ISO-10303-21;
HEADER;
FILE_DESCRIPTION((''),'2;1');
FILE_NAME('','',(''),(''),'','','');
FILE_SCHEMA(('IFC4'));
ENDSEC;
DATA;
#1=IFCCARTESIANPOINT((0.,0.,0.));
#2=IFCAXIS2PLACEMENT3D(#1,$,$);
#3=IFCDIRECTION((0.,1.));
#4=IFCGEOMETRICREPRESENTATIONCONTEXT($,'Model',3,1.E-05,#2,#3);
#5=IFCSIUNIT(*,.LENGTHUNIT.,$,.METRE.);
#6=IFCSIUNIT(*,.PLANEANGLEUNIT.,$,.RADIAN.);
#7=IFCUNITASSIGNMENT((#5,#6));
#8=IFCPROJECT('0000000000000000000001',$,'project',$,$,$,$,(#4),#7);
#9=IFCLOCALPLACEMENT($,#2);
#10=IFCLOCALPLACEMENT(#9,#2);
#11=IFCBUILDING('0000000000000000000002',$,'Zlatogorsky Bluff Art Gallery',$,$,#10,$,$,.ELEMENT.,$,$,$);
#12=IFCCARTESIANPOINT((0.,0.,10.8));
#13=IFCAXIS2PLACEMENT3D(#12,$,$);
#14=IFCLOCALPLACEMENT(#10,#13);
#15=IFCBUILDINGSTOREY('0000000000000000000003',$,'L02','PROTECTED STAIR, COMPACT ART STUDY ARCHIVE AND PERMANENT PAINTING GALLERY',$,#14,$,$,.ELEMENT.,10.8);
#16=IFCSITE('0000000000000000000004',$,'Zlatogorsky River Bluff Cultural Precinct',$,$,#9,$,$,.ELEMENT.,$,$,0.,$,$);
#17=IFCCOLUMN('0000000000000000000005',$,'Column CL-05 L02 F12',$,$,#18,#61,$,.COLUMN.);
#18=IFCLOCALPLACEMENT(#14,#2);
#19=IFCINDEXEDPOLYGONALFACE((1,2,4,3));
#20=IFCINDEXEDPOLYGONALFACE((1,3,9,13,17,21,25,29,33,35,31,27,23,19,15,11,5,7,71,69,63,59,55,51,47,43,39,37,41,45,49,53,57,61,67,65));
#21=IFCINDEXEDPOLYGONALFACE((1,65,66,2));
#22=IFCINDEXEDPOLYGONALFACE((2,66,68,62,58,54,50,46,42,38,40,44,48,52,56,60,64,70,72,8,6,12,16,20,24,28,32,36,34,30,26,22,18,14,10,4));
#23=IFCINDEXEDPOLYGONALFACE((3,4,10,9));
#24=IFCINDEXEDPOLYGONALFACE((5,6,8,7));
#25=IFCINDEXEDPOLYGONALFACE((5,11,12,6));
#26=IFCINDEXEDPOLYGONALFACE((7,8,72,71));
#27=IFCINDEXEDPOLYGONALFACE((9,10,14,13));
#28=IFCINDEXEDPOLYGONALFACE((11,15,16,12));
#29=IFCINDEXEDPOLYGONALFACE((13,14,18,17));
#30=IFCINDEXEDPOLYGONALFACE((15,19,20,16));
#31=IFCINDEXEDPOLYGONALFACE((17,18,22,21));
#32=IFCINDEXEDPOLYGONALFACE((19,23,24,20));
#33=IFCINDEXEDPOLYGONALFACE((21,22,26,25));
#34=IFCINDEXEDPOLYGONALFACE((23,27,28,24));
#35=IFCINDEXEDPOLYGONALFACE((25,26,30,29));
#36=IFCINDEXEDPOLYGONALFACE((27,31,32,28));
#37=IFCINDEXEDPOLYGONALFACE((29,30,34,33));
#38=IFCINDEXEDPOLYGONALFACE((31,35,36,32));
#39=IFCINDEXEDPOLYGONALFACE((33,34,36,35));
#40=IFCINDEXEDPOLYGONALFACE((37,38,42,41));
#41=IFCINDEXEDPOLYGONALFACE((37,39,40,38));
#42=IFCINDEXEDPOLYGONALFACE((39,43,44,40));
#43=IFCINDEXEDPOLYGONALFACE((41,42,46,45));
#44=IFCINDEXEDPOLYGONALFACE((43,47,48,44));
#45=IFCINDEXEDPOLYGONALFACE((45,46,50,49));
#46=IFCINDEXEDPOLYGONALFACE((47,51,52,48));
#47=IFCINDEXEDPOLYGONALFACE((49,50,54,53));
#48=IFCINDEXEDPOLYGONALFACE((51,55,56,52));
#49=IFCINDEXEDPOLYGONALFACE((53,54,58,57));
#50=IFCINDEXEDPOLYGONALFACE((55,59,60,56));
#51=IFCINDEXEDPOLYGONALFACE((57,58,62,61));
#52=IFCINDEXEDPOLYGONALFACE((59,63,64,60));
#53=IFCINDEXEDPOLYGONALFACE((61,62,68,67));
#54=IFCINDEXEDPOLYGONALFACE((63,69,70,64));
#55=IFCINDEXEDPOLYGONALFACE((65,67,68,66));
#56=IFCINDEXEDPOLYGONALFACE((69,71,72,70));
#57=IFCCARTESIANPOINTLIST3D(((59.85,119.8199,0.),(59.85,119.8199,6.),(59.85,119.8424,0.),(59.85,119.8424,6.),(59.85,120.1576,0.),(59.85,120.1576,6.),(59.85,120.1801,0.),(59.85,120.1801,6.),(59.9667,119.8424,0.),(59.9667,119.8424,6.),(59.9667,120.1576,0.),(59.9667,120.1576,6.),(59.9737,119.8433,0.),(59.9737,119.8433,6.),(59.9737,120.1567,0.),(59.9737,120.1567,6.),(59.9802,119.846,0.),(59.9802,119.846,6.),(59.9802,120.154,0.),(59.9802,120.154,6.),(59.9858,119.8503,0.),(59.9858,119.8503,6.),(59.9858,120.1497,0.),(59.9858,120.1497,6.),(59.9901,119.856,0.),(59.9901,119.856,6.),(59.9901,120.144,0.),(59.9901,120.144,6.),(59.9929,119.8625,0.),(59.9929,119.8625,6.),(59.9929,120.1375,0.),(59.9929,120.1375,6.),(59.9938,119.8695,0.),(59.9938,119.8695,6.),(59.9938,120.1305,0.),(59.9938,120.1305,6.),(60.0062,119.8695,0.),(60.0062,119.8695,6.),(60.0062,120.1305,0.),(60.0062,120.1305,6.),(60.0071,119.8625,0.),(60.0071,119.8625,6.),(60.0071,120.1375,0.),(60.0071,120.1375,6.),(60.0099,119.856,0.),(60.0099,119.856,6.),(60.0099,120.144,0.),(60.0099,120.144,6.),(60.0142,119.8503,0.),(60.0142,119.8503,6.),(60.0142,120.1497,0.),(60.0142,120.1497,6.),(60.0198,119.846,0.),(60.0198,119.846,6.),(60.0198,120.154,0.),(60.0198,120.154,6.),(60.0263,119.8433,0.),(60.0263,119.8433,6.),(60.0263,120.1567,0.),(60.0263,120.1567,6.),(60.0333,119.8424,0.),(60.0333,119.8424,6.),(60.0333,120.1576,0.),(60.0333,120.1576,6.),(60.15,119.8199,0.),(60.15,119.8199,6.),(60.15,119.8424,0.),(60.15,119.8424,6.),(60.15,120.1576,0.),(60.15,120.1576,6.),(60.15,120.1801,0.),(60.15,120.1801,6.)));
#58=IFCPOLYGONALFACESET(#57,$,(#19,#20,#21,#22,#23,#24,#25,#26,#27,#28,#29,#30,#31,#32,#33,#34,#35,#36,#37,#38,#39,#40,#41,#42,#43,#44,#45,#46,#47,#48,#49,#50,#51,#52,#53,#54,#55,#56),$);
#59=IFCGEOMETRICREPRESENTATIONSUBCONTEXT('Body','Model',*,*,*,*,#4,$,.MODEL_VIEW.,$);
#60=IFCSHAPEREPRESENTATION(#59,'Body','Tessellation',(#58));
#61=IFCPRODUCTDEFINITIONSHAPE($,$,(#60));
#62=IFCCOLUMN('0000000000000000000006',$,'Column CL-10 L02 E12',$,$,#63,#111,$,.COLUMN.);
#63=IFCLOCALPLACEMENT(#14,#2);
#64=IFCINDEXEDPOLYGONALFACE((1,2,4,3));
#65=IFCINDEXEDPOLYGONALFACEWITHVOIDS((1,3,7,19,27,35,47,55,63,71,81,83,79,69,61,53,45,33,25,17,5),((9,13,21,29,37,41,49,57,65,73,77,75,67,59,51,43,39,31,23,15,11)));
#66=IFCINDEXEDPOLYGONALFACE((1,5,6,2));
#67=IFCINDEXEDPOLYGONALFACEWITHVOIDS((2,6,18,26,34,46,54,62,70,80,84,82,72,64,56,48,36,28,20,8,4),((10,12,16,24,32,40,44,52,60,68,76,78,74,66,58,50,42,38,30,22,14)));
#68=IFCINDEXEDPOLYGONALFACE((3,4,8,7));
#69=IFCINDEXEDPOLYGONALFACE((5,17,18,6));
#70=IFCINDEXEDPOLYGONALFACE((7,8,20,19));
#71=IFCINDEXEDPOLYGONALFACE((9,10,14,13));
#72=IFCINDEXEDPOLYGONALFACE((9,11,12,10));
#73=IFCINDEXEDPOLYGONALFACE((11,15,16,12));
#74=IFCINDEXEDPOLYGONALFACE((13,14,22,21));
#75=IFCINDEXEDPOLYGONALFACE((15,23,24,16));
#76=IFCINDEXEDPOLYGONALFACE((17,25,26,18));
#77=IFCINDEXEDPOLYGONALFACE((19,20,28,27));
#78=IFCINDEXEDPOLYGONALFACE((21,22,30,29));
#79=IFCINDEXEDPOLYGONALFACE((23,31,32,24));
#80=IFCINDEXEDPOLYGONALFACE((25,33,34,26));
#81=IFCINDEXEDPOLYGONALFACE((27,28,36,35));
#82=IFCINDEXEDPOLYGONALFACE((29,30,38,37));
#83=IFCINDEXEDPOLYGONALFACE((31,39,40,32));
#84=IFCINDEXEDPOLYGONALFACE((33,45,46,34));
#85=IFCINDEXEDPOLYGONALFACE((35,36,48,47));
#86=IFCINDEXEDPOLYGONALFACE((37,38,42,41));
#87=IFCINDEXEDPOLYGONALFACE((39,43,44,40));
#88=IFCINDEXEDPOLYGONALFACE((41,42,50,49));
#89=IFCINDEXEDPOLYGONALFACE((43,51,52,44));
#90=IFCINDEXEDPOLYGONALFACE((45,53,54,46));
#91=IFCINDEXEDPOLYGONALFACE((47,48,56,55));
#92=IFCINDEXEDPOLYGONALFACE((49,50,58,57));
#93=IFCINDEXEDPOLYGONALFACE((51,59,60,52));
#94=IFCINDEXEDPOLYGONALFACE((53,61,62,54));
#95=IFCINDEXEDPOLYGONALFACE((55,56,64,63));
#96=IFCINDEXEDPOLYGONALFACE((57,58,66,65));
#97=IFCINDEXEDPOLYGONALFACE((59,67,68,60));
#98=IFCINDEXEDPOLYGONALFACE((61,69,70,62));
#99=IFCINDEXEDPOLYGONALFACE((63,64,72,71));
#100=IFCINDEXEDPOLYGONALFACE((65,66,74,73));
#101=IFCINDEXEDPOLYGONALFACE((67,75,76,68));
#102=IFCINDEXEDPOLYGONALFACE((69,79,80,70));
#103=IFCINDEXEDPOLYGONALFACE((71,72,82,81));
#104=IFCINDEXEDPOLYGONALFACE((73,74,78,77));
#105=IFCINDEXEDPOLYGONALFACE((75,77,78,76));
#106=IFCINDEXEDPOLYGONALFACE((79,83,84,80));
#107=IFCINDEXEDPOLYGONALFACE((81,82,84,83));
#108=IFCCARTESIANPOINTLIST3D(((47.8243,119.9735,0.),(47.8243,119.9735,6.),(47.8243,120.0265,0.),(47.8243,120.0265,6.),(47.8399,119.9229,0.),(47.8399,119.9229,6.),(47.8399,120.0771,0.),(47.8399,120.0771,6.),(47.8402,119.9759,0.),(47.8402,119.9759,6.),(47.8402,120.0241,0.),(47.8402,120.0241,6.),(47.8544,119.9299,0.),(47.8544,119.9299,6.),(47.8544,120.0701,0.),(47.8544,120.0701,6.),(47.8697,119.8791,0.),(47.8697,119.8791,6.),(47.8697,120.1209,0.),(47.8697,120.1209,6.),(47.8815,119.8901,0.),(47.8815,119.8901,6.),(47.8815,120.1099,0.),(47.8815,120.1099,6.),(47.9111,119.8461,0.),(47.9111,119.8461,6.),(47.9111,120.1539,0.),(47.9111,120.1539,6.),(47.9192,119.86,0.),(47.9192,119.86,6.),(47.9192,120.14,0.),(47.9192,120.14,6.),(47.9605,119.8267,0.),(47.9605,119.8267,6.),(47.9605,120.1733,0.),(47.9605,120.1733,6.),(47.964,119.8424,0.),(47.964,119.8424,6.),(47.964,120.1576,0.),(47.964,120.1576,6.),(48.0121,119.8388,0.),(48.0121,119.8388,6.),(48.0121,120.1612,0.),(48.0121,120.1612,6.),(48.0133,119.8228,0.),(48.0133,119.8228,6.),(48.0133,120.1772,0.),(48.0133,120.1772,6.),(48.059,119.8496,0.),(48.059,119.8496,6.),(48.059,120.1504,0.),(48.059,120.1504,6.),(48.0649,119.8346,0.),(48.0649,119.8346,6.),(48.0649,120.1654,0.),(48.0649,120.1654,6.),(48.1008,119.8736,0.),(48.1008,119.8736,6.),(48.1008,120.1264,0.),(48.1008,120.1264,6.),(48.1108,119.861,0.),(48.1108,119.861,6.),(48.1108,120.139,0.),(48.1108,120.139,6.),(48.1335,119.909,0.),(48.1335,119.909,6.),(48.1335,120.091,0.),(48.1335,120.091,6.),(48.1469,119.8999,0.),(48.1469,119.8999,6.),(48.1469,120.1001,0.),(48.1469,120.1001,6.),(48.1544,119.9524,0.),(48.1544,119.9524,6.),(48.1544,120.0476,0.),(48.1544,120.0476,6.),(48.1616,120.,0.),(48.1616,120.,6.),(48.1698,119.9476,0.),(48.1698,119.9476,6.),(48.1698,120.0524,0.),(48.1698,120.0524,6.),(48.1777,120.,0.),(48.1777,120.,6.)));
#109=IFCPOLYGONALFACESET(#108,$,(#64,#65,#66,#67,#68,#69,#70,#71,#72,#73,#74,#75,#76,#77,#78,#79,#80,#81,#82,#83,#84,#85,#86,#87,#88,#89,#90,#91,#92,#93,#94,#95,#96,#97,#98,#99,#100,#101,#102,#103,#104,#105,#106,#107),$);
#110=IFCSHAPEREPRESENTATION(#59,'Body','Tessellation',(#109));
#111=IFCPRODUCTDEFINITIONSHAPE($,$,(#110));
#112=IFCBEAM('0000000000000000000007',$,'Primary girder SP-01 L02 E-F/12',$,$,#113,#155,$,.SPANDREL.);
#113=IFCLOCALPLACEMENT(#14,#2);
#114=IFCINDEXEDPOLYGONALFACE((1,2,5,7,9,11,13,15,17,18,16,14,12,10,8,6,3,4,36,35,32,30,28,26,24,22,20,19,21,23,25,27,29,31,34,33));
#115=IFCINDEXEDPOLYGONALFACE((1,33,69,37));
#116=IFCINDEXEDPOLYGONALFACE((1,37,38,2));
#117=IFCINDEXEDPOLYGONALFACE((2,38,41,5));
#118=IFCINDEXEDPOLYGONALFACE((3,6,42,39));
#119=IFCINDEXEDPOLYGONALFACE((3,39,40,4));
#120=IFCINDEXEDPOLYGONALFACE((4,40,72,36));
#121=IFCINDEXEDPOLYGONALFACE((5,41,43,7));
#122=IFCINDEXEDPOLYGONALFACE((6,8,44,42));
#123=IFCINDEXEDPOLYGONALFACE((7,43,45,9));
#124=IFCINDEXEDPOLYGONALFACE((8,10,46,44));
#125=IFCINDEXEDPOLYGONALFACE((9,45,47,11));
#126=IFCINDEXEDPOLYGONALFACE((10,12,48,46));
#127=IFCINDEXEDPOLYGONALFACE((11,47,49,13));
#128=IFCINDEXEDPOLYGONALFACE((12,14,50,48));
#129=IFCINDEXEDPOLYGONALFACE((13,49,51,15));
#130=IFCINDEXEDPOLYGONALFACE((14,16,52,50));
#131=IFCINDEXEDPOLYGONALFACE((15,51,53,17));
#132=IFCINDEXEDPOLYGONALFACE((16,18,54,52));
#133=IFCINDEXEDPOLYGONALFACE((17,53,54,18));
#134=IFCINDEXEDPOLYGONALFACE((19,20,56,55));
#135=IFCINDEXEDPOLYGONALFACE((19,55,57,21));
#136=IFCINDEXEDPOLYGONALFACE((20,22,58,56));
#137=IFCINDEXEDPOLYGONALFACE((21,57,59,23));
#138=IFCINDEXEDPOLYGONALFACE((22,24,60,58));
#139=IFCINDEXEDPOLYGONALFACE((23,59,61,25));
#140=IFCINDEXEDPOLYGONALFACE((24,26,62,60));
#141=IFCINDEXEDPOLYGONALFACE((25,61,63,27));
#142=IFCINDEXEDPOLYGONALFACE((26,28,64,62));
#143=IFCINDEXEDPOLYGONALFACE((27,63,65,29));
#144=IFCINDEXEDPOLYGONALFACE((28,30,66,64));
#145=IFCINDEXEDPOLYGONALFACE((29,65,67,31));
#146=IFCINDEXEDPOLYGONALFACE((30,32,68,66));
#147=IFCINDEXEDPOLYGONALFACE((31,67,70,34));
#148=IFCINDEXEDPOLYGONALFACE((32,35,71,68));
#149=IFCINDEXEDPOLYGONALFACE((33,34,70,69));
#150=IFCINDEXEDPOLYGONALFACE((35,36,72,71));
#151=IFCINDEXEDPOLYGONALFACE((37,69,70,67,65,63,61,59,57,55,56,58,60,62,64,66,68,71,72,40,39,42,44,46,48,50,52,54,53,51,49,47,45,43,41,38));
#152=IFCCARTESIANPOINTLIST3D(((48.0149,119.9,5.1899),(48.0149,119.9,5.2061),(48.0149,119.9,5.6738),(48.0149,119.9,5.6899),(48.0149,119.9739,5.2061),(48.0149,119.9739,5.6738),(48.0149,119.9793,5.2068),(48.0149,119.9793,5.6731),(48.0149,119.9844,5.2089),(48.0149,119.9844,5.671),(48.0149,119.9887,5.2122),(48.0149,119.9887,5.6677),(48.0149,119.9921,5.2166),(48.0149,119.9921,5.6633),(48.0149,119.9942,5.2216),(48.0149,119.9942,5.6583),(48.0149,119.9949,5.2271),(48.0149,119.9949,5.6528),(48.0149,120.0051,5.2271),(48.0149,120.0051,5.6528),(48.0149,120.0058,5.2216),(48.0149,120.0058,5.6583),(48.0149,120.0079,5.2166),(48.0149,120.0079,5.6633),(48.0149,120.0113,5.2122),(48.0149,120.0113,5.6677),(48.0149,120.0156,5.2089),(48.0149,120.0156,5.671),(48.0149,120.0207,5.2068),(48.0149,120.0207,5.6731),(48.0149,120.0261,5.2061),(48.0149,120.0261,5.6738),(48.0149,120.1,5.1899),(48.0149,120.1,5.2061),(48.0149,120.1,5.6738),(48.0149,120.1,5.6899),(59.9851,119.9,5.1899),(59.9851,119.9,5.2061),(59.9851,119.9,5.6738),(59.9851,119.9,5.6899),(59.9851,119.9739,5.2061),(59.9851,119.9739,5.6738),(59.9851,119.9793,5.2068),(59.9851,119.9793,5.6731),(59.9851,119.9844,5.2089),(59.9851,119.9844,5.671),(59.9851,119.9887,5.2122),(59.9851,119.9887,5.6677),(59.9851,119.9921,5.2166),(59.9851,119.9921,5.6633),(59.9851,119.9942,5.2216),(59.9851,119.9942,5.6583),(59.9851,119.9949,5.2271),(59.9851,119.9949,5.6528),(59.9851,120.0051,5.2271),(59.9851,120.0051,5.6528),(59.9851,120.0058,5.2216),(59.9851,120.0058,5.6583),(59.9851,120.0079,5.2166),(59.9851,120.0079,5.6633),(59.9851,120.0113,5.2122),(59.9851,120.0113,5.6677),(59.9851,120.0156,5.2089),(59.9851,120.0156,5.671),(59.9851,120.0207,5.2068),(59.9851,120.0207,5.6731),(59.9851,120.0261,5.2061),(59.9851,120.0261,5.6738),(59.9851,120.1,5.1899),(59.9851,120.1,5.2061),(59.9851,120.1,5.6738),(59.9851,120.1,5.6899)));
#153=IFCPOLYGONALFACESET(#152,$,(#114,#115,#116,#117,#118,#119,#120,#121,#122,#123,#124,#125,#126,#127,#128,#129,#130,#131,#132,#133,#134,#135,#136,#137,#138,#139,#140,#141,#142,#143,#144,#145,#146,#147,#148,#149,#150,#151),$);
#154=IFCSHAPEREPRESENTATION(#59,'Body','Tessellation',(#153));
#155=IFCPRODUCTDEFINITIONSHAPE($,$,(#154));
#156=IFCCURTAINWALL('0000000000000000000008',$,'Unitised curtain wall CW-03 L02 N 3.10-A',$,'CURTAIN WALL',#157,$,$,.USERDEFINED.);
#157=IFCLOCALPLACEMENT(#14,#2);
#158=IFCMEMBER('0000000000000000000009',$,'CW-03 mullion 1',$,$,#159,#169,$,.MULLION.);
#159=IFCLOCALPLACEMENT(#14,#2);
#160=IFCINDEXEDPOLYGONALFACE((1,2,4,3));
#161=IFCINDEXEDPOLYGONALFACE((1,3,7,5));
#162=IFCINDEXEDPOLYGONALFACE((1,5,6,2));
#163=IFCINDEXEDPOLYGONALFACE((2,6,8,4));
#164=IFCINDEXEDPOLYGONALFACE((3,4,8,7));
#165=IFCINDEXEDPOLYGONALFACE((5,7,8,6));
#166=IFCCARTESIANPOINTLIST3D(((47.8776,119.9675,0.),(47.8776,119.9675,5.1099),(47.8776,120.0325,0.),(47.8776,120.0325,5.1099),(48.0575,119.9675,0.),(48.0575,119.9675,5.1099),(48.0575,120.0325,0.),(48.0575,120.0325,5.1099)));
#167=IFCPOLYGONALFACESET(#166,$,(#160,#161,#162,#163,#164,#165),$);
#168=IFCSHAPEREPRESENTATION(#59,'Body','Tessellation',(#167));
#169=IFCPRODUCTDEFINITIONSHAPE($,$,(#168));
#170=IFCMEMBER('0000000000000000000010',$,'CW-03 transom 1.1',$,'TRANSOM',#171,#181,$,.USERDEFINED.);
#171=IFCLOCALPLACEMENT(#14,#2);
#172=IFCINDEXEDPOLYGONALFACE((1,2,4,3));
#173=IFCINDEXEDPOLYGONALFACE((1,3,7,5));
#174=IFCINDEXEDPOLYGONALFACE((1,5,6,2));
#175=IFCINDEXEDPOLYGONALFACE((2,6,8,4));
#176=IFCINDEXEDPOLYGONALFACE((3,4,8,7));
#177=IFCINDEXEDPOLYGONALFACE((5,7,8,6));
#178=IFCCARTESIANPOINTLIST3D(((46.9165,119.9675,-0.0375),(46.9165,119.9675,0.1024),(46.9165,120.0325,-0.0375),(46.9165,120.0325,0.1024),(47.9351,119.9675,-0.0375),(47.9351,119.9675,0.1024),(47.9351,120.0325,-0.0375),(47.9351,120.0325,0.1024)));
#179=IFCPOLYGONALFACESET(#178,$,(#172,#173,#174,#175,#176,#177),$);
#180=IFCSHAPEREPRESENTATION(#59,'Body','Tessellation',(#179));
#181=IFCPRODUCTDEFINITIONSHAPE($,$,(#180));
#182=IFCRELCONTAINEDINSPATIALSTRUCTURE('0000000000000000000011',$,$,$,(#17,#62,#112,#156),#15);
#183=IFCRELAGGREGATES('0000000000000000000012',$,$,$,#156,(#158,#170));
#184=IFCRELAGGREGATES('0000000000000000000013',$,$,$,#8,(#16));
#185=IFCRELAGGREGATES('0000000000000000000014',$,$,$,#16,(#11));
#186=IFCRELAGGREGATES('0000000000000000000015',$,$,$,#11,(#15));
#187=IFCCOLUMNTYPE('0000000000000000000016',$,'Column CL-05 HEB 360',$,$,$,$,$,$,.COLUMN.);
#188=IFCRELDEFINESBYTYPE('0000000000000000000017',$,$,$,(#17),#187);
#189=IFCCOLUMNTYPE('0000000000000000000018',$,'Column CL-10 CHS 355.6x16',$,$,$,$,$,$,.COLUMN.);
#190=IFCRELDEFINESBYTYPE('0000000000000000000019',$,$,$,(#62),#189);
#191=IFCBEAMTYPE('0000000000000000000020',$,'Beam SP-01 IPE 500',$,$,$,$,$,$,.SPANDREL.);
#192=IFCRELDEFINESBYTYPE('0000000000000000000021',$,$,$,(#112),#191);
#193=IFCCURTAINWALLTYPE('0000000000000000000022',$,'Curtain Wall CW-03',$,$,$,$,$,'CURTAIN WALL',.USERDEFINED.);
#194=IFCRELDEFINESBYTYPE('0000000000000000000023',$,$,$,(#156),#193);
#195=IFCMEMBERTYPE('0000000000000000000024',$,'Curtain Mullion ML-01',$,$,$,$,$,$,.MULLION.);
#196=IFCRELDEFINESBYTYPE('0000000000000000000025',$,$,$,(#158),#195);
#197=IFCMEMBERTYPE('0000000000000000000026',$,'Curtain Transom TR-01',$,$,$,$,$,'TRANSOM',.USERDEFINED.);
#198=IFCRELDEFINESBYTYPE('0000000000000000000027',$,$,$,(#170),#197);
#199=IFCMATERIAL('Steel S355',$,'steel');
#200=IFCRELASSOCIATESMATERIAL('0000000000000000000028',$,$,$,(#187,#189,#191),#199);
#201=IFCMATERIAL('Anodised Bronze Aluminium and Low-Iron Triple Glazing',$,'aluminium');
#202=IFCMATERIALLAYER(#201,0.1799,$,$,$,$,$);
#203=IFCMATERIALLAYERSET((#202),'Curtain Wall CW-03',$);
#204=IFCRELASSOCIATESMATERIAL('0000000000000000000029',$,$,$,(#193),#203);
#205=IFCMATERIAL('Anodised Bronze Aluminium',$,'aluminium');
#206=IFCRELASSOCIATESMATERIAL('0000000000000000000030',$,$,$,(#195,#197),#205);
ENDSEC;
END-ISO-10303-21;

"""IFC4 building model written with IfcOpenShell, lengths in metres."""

from ifc_helpers import new_model, si_unit, direction, frame, origin, origin_2d, place, context, subcontext, project, spatial, rectangle, hollow_circle, i_section, extrude, material, layer, layer_set, material_profile, profile_set, type_object, element, aggregate, save


model = new_model("IFC4")

# Units and contexts
model_context = context("Model", 3, precision=1e-05, world=origin(), true_north=direction((0.0, 1.0)))
body_context = subcontext(model_context, "Body", "Model", "MODEL_VIEW")
ifc_project = project(units=[si_unit("LENGTHUNIT", "METRE"), si_unit("PLANEANGLEUNIT", "RADIAN")], contexts=[model_context])

# Site, building, storey
site_placement = place(None, origin())
site = spatial("IfcSite", under=ifc_project, at=site_placement, Name="Zlatogorsky River Bluff Cultural Precinct", CompositionType="ELEMENT", RefElevation=0.0)
building_placement = place(site_placement, origin())
building = spatial("IfcBuilding", under=site, at=building_placement, Name="Zlatogorsky Bluff Art Gallery", CompositionType="ELEMENT")
storey_placement = place(building_placement, frame((0.0, 0.0, 10.8)))
storey = spatial("IfcBuildingStorey", under=building, at=storey_placement, Name="L02", Description="PROTECTED STAIR, COMPACT ART STUDY ARCHIVE AND PERMANENT PAINTING GALLERY", CompositionType="ELEMENT", Elevation=10.8)

# Columns
ifc_material_1 = material(Name="Steel S355", Category="steel")
ifc_material_profile_1 = material_profile(ifc_material_1, i_section(OverallWidth=0.3, OverallDepth=0.3601, WebThickness=0.0125, FlangeThickness=0.0225, FilletRadius=0.0271, at=origin_2d()), Name="HEB 360")
ifc_profile_set_1 = profile_set([ifc_material_profile_1], Name="Steel S355")
column_type_1 = type_object("IfcColumnType", Name="Column CL-05 HEB 360", PredefinedType="COLUMN", material=ifc_profile_set_1)
column_1_placement = place(storey_placement, frame((60.0, 120.0, 0.0), z_axis=(0.0, 0.0, 1.0), x_axis=(1.0, 0.0, 0.0)))
element("IfcColumn", 1, at=column_1_placement, inside=storey, type_object=column_type_1, Name="Column CL-05 L02 F12", PredefinedType="COLUMN", context=body_context, shape_type="SweptSolid", body=[
    extrude(i_section(OverallWidth=0.3, OverallDepth=0.3601, WebThickness=0.0125, FlangeThickness=0.0225, FilletRadius=0.0271, at=origin_2d()), origin(), (0.0, 0.0, 1.0), 6.0),
])
ifc_material_profile_2 = material_profile(ifc_material_1, hollow_circle(Radius=0.1777, WallThickness=0.0161, at=origin_2d()), Name="CHS 355.6x16")
ifc_profile_set_2 = profile_set([ifc_material_profile_2], Name="Steel S355")
column_type_2 = type_object("IfcColumnType", Name="Column CL-10 CHS 355.6x16", PredefinedType="COLUMN", material=ifc_profile_set_2)
column_2_placement = place(storey_placement, frame((48.0, 120.0, 0.0), z_axis=(0.0, 0.0, 1.0), x_axis=(1.0, 0.0, 0.0)))
element("IfcColumn", 2, at=column_2_placement, inside=storey, type_object=column_type_2, Name="Column CL-10 L02 E12", PredefinedType="COLUMN", context=body_context, shape_type="SweptSolid", body=[
    extrude(hollow_circle(Radius=0.1777, WallThickness=0.0161, at=origin_2d()), origin(), (0.0, 0.0, 1.0), 6.0),
])

# Beam
ifc_material_profile_3 = material_profile(ifc_material_1, i_section(OverallWidth=0.2, OverallDepth=0.5, WebThickness=0.0103, FlangeThickness=0.0161, FilletRadius=0.021, at=origin_2d()), Name="IPE 500")
ifc_profile_set_3 = profile_set([ifc_material_profile_3], Name="Steel S355")
beam_type = type_object("IfcBeamType", Name="Beam SP-01 IPE 500", PredefinedType="SPANDREL", material=ifc_profile_set_3)
beam_placement = place(storey_placement, frame((48.0149, 120.0, 5.4399), z_axis=(1.0, 0.0, 0.0), x_axis=(0.0, 1.0, 0.0)))
element("IfcBeam", 3, at=beam_placement, inside=storey, type_object=beam_type, Name="Primary girder SP-01 L02 E-F/12", PredefinedType="SPANDREL", context=body_context, shape_type="SweptSolid", body=[
    extrude(i_section(OverallWidth=0.2, OverallDepth=0.5, WebThickness=0.0103, FlangeThickness=0.0161, FilletRadius=0.021, at=origin_2d()), origin(), (0.0, 0.0, 1.0), 11.9702),
])

# Curtain wall, members
ifc_material_2 = material(Name="Anodised Bronze Aluminium and Low-Iron Triple Glazing", Category="aluminium")
ifc_layer_1 = layer(ifc_material_2, 0.1799)
ifc_layer_set_1 = layer_set([ifc_layer_1], Name="Curtain Wall CW-03")
curtain_wall_type = type_object("IfcCurtainWallType", Name="Curtain Wall CW-03", ElementType="CURTAIN WALL", PredefinedType="USERDEFINED", material=ifc_layer_set_1)
curtain_wall_placement = place(storey_placement, origin())
curtain_wall = element("IfcCurtainWall", 4, at=curtain_wall_placement, inside=storey, type_object=curtain_wall_type, Name="Unitised curtain wall CW-03 L02 N 3.10-A", ObjectType="CURTAIN WALL", PredefinedType="USERDEFINED")
ifc_material_3 = material(Name="Anodised Bronze Aluminium", Category="aluminium")
ifc_material_profile_4 = material_profile(ifc_material_3, rectangle(XDim=0.0649, YDim=0.1799, at=origin_2d()), Name="ALU MULLION 65x180")
ifc_profile_set_4 = profile_set([ifc_material_profile_4], Name="Anodised Bronze Aluminium")
member_type_1 = type_object("IfcMemberType", Name="Curtain Mullion ML-01", PredefinedType="MULLION", material=ifc_profile_set_4)
member_1_placement = place(storey_placement, frame((47.9675, 120.0, 0.0), z_axis=(0.0, 0.0, 1.0), x_axis=(0.0, -1.0, 0.0)))
member_1 = element("IfcMember", 5, at=member_1_placement, type_object=member_type_1, Name="CW-03 mullion 1", PredefinedType="MULLION", context=body_context, shape_type="SweptSolid", body=[
    extrude(rectangle(XDim=0.0649, YDim=0.1799, at=origin_2d()), origin(), (0.0, 0.0, 1.0), 5.1099),
])
ifc_material_profile_5 = material_profile(ifc_material_3, rectangle(XDim=0.0649, YDim=0.1399, at=origin_2d()), Name="ALU TRANSOM 65x140")
ifc_profile_set_5 = profile_set([ifc_material_profile_5], Name="Anodised Bronze Aluminium")
member_type_2 = type_object("IfcMemberType", Name="Curtain Transom TR-01", ElementType="TRANSOM", PredefinedType="USERDEFINED", material=ifc_profile_set_5)
member_2_placement = place(storey_placement, frame((47.9351, 120.0, 0.0325), z_axis=(-1.0, 0.0, 0.0), x_axis=(0.0, -1.0, 0.0)))
member_2 = element("IfcMember", 6, at=member_2_placement, type_object=member_type_2, Name="CW-03 transom 1.1", ObjectType="TRANSOM", PredefinedType="USERDEFINED", context=body_context, shape_type="SweptSolid", body=[
    extrude(rectangle(XDim=0.0649, YDim=0.1399, at=origin_2d()), origin(), (0.0, 0.0, 1.0), 1.0186),
])
aggregate(curtain_wall, [member_1, member_2])

save(model, "model.ifc")
